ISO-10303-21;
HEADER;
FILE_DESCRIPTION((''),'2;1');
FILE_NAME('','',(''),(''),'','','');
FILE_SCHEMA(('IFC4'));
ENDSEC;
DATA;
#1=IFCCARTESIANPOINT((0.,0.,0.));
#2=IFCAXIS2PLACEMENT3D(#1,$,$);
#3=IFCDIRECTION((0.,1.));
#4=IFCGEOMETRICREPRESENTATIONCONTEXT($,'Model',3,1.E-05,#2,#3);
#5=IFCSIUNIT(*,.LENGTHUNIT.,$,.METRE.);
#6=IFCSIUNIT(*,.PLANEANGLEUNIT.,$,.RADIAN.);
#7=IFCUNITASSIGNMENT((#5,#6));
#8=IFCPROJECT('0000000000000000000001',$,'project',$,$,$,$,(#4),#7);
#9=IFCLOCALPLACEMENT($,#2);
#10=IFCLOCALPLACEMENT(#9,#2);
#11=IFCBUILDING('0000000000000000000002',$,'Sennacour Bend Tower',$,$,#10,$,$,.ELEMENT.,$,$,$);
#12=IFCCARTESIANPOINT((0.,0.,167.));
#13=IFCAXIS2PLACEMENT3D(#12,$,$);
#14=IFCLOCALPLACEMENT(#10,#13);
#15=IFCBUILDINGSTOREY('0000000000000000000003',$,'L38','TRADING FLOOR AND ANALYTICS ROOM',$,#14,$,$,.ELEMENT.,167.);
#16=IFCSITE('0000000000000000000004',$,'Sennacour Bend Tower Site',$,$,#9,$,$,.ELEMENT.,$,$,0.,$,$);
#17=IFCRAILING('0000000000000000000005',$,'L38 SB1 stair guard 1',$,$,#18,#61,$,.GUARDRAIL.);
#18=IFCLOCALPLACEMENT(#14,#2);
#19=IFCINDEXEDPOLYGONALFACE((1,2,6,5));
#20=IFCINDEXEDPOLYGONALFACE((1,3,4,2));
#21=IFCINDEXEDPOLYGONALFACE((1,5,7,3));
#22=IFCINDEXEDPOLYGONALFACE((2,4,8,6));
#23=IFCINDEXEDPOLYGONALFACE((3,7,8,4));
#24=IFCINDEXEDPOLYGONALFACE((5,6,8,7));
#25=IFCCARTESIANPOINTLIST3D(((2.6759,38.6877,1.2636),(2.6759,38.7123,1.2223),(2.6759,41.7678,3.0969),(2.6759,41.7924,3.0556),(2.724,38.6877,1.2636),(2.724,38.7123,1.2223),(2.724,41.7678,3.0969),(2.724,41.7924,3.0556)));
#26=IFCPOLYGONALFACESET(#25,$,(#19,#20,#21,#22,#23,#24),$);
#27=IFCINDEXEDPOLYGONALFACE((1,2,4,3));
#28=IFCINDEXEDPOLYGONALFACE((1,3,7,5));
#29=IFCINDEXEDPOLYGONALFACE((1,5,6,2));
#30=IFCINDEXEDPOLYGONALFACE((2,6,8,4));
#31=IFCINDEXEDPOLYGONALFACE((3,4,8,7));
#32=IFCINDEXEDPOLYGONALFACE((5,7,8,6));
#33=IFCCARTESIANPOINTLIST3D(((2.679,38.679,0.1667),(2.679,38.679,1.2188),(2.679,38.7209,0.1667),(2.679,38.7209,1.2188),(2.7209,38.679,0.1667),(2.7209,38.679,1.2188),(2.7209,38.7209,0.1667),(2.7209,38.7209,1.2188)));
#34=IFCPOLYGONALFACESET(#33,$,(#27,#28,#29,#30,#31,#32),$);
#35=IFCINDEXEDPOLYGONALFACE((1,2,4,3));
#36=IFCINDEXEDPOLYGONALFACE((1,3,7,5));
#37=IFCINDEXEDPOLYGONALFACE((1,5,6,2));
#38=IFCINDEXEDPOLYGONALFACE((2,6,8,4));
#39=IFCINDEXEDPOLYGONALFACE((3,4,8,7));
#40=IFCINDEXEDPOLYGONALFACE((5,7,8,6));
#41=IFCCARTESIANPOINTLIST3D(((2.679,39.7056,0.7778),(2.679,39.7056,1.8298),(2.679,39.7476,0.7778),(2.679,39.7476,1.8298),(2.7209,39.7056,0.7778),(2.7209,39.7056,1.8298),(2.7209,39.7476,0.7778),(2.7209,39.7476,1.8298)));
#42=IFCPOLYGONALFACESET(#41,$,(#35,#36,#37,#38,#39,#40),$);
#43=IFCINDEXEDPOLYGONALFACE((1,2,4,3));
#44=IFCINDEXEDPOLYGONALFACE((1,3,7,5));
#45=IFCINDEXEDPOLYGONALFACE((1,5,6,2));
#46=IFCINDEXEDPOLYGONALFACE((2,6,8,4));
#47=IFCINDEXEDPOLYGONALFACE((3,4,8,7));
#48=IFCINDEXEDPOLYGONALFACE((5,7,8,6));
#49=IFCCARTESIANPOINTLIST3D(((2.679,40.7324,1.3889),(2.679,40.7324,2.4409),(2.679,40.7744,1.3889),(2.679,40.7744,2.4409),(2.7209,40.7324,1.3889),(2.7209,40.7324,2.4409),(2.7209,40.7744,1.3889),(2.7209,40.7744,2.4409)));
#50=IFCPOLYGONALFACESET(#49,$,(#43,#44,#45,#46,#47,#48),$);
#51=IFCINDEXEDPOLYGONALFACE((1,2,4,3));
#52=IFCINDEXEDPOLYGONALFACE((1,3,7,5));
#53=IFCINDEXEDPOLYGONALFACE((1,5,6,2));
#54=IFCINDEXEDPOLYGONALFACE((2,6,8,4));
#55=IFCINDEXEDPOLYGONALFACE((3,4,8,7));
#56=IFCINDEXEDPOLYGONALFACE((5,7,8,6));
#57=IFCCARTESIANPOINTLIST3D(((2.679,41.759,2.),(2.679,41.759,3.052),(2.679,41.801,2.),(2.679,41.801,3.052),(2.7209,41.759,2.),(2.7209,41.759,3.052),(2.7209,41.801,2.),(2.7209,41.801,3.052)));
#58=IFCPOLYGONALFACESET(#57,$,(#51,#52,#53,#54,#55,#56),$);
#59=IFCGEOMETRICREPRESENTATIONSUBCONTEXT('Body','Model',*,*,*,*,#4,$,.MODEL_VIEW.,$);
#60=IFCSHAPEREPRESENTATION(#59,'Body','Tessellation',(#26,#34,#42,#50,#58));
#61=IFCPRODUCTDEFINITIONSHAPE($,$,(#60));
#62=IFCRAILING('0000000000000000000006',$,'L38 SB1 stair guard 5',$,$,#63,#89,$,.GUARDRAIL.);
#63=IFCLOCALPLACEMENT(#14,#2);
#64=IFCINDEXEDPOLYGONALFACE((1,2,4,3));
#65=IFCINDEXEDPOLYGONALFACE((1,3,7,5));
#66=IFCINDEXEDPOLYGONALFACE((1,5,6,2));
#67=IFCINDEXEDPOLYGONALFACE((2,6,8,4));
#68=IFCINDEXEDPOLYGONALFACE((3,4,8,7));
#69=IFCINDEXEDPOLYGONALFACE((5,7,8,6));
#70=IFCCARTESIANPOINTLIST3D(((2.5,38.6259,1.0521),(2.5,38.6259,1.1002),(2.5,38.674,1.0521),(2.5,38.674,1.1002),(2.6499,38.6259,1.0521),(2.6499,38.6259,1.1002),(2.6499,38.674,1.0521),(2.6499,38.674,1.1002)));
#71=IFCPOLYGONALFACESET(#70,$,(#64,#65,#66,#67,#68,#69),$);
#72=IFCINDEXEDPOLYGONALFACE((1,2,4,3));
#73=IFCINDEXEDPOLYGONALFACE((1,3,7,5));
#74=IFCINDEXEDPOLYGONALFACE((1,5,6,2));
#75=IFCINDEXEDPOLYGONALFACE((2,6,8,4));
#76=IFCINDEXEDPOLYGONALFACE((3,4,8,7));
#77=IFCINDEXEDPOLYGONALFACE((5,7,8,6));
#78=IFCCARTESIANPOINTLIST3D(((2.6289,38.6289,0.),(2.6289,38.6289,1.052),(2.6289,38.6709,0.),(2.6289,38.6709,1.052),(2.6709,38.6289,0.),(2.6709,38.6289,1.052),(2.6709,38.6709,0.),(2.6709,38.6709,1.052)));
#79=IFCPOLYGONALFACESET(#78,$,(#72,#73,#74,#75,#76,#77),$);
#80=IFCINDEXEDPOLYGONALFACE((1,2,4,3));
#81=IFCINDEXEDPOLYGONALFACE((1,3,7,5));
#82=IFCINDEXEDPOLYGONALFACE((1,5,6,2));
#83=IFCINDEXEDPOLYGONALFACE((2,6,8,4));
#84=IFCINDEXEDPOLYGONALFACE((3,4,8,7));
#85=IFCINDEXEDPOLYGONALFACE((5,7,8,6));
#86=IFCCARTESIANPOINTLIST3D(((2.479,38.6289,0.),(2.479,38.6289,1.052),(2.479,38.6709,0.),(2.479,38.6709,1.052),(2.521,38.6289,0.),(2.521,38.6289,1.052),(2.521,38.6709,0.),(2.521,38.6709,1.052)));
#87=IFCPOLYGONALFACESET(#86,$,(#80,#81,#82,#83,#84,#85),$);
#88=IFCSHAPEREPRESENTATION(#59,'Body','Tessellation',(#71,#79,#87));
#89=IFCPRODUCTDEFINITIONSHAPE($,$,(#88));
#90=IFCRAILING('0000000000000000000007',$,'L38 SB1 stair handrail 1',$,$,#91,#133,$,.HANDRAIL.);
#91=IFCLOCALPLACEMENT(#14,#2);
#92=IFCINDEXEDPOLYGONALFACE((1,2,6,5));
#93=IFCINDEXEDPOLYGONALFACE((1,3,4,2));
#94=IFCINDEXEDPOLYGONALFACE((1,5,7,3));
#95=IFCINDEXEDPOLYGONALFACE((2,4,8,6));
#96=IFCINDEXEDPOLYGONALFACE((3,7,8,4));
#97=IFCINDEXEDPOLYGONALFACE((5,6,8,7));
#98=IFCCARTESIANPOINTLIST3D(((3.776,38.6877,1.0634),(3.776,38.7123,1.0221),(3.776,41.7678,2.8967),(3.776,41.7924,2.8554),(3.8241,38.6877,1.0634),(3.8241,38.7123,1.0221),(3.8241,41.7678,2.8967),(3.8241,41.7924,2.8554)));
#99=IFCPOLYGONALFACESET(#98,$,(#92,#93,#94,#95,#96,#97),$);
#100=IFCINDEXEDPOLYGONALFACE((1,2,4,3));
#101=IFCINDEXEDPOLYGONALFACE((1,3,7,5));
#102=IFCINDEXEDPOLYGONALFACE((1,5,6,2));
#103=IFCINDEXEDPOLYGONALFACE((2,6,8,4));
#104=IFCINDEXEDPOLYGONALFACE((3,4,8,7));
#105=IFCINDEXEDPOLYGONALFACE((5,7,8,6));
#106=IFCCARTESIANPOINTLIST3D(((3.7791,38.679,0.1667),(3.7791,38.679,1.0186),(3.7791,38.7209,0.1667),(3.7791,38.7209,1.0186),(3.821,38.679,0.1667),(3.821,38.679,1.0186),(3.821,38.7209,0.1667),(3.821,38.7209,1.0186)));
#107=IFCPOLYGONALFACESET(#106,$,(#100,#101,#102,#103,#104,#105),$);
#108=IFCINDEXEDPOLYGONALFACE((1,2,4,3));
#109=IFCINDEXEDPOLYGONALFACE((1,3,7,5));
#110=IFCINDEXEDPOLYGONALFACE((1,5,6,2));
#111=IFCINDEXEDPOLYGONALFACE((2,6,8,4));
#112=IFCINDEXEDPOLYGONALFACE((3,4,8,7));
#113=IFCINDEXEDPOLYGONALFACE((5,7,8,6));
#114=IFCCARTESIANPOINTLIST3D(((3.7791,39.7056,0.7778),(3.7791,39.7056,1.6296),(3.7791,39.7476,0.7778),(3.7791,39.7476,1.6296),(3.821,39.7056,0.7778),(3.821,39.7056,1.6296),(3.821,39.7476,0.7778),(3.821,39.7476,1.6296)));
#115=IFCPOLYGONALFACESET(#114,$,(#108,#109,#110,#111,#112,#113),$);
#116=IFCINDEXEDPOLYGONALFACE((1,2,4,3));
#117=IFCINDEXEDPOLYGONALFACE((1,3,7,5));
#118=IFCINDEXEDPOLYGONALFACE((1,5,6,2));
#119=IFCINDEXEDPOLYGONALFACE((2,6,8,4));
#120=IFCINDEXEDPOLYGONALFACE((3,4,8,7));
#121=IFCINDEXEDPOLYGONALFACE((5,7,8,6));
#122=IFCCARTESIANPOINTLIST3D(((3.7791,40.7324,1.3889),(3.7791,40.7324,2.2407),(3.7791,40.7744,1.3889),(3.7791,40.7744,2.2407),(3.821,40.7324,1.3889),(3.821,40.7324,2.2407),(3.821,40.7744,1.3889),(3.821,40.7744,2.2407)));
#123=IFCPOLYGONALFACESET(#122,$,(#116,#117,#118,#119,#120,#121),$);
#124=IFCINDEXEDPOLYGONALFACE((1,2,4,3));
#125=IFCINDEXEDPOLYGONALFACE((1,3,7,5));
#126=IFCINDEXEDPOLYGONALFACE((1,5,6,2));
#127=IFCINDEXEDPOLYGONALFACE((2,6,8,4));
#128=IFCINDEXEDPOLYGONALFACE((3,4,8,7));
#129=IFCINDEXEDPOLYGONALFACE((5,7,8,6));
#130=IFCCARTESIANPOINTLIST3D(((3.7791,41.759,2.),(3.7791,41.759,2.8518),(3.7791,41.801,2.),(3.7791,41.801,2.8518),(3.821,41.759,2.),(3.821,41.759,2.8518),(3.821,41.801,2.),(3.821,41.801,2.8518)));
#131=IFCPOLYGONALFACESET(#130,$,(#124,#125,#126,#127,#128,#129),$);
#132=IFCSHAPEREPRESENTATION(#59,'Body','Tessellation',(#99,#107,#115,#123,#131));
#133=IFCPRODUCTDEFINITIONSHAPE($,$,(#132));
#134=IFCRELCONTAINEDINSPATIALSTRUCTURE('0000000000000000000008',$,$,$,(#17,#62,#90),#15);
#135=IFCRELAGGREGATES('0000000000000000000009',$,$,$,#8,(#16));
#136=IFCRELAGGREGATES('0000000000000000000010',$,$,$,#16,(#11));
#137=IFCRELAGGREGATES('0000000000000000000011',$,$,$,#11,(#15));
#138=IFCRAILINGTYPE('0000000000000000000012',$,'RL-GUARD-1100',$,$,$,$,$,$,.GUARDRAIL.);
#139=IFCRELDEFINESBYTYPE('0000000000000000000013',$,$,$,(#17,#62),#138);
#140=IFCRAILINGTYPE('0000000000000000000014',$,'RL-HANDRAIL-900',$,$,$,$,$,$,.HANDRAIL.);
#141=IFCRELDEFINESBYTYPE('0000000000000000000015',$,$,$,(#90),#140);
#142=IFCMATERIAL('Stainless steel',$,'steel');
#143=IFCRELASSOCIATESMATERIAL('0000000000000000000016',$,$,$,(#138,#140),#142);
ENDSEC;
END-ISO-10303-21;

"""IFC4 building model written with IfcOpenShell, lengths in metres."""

from ifc_helpers import new_model, si_unit, direction, frame, origin, origin_2d, place, context, subcontext, project, spatial, rectangle, extrude, material, type_object, element, save


model = new_model("IFC4")

# Units and contexts
model_context = context("Model", 3, precision=1e-05, world=origin(), true_north=direction((0.0, 1.0)))
body_context = subcontext(model_context, "Body", "Model", "MODEL_VIEW")
ifc_project = project(units=[si_unit("LENGTHUNIT", "METRE"), si_unit("PLANEANGLEUNIT", "RADIAN")], contexts=[model_context])

# Site, building, storey
site_placement = place(None, origin())
site = spatial("IfcSite", under=ifc_project, at=site_placement, Name="Sennacour Bend Tower Site", CompositionType="ELEMENT", RefElevation=0.0)
building_placement = place(site_placement, origin())
building = spatial("IfcBuilding", under=site, at=building_placement, Name="Sennacour Bend Tower", CompositionType="ELEMENT")
storey_placement = place(building_placement, frame((0.0, 0.0, 167.0)))
storey = spatial("IfcBuildingStorey", under=building, at=storey_placement, Name="L38", Description="TRADING FLOOR AND ANALYTICS ROOM", CompositionType="ELEMENT", Elevation=167.0)

# Shared definitions
ifc_material_1 = material(Name="Stainless steel", Category="steel")

# Railings
railing_type_1 = type_object("IfcRailingType", Name="RL-GUARD-1100", PredefinedType="GUARDRAIL", material=ifc_material_1)
railing_1_placement = place(storey_placement, frame((2.7, 38.7, 0.1667)))
element("IfcRailing", 1, at=railing_1_placement, inside=storey, type_object=railing_type_1, Name="L38 SB1 stair guard 1", PredefinedType="GUARDRAIL", context=body_context, shape_type="SweptSolid", body=[
    extrude(rectangle(XDim=0.0481, YDim=0.0481, at=origin_2d()), frame((0.0, 0.0, 1.0762), z_axis=(0.0, 0.859309, 0.511458), x_axis=(-1.0, 0.0, 0.0)), (0.0, 0.0, 1.0), 3.5845),
    extrude(rectangle(XDim=0.042, YDim=0.042, at=origin_2d()), origin(), (0.0, 0.0, 1.0), 1.052),
    extrude(rectangle(XDim=0.042, YDim=0.042, at=origin_2d()), frame((0.0, 1.0266, 0.6111)), (0.0, 0.0, 1.0), 1.052),
    extrude(rectangle(XDim=0.042, YDim=0.042, at=origin_2d()), frame((0.0, 2.0535, 1.2222)), (0.0, 0.0, 1.0), 1.052),
    extrude(rectangle(XDim=0.042, YDim=0.042, at=origin_2d()), frame((0.0, 3.0801, 1.8333)), (0.0, 0.0, 1.0), 1.052),
])
railing_2_placement = place(storey_placement, frame((2.6499, 38.6499, 0.0)))
element("IfcRailing", 2, at=railing_2_placement, inside=storey, type_object=railing_type_1, Name="L38 SB1 stair guard 5", PredefinedType="GUARDRAIL", context=body_context, shape_type="SweptSolid", body=[
    extrude(rectangle(XDim=0.0481, YDim=0.0481, at=origin_2d()), frame((0.0, 0.0, 1.0762), z_axis=(-1.0, 0.0, 0.0), x_axis=(0.0, -1.0, 0.0)), (0.0, 0.0, 1.0), 0.1499),
    extrude(rectangle(XDim=0.042, YDim=0.042, at=origin_2d()), origin(), (0.0, 0.0, 1.0), 1.052),
    extrude(rectangle(XDim=0.042, YDim=0.042, at=origin_2d()), frame((-0.1499, 0.0, 0.0)), (0.0, 0.0, 1.0), 1.052),
])
railing_type_2 = type_object("IfcRailingType", Name="RL-HANDRAIL-900", PredefinedType="HANDRAIL", material=ifc_material_1)
railing_3_placement = place(storey_placement, frame((3.8, 38.7, 0.1667)))
element("IfcRailing", 3, at=railing_3_placement, inside=storey, type_object=railing_type_2, Name="L38 SB1 stair handrail 1", PredefinedType="HANDRAIL", context=body_context, shape_type="SweptSolid", body=[
    extrude(rectangle(XDim=0.0481, YDim=0.0481, at=origin_2d()), frame((0.0, 0.0, 0.876), z_axis=(0.0, 0.859309, 0.511458), x_axis=(-1.0, 0.0, 0.0)), (0.0, 0.0, 1.0), 3.5845),
    extrude(rectangle(XDim=0.042, YDim=0.042, at=origin_2d()), origin(), (0.0, 0.0, 1.0), 0.8518),
    extrude(rectangle(XDim=0.042, YDim=0.042, at=origin_2d()), frame((0.0, 1.0266, 0.6111)), (0.0, 0.0, 1.0), 0.8518),
    extrude(rectangle(XDim=0.042, YDim=0.042, at=origin_2d()), frame((0.0, 2.0535, 1.2222)), (0.0, 0.0, 1.0), 0.8518),
    extrude(rectangle(XDim=0.042, YDim=0.042, at=origin_2d()), frame((0.0, 3.0801, 1.8333)), (0.0, 0.0, 1.0), 0.8518),
])

save(model, "model.ifc")
